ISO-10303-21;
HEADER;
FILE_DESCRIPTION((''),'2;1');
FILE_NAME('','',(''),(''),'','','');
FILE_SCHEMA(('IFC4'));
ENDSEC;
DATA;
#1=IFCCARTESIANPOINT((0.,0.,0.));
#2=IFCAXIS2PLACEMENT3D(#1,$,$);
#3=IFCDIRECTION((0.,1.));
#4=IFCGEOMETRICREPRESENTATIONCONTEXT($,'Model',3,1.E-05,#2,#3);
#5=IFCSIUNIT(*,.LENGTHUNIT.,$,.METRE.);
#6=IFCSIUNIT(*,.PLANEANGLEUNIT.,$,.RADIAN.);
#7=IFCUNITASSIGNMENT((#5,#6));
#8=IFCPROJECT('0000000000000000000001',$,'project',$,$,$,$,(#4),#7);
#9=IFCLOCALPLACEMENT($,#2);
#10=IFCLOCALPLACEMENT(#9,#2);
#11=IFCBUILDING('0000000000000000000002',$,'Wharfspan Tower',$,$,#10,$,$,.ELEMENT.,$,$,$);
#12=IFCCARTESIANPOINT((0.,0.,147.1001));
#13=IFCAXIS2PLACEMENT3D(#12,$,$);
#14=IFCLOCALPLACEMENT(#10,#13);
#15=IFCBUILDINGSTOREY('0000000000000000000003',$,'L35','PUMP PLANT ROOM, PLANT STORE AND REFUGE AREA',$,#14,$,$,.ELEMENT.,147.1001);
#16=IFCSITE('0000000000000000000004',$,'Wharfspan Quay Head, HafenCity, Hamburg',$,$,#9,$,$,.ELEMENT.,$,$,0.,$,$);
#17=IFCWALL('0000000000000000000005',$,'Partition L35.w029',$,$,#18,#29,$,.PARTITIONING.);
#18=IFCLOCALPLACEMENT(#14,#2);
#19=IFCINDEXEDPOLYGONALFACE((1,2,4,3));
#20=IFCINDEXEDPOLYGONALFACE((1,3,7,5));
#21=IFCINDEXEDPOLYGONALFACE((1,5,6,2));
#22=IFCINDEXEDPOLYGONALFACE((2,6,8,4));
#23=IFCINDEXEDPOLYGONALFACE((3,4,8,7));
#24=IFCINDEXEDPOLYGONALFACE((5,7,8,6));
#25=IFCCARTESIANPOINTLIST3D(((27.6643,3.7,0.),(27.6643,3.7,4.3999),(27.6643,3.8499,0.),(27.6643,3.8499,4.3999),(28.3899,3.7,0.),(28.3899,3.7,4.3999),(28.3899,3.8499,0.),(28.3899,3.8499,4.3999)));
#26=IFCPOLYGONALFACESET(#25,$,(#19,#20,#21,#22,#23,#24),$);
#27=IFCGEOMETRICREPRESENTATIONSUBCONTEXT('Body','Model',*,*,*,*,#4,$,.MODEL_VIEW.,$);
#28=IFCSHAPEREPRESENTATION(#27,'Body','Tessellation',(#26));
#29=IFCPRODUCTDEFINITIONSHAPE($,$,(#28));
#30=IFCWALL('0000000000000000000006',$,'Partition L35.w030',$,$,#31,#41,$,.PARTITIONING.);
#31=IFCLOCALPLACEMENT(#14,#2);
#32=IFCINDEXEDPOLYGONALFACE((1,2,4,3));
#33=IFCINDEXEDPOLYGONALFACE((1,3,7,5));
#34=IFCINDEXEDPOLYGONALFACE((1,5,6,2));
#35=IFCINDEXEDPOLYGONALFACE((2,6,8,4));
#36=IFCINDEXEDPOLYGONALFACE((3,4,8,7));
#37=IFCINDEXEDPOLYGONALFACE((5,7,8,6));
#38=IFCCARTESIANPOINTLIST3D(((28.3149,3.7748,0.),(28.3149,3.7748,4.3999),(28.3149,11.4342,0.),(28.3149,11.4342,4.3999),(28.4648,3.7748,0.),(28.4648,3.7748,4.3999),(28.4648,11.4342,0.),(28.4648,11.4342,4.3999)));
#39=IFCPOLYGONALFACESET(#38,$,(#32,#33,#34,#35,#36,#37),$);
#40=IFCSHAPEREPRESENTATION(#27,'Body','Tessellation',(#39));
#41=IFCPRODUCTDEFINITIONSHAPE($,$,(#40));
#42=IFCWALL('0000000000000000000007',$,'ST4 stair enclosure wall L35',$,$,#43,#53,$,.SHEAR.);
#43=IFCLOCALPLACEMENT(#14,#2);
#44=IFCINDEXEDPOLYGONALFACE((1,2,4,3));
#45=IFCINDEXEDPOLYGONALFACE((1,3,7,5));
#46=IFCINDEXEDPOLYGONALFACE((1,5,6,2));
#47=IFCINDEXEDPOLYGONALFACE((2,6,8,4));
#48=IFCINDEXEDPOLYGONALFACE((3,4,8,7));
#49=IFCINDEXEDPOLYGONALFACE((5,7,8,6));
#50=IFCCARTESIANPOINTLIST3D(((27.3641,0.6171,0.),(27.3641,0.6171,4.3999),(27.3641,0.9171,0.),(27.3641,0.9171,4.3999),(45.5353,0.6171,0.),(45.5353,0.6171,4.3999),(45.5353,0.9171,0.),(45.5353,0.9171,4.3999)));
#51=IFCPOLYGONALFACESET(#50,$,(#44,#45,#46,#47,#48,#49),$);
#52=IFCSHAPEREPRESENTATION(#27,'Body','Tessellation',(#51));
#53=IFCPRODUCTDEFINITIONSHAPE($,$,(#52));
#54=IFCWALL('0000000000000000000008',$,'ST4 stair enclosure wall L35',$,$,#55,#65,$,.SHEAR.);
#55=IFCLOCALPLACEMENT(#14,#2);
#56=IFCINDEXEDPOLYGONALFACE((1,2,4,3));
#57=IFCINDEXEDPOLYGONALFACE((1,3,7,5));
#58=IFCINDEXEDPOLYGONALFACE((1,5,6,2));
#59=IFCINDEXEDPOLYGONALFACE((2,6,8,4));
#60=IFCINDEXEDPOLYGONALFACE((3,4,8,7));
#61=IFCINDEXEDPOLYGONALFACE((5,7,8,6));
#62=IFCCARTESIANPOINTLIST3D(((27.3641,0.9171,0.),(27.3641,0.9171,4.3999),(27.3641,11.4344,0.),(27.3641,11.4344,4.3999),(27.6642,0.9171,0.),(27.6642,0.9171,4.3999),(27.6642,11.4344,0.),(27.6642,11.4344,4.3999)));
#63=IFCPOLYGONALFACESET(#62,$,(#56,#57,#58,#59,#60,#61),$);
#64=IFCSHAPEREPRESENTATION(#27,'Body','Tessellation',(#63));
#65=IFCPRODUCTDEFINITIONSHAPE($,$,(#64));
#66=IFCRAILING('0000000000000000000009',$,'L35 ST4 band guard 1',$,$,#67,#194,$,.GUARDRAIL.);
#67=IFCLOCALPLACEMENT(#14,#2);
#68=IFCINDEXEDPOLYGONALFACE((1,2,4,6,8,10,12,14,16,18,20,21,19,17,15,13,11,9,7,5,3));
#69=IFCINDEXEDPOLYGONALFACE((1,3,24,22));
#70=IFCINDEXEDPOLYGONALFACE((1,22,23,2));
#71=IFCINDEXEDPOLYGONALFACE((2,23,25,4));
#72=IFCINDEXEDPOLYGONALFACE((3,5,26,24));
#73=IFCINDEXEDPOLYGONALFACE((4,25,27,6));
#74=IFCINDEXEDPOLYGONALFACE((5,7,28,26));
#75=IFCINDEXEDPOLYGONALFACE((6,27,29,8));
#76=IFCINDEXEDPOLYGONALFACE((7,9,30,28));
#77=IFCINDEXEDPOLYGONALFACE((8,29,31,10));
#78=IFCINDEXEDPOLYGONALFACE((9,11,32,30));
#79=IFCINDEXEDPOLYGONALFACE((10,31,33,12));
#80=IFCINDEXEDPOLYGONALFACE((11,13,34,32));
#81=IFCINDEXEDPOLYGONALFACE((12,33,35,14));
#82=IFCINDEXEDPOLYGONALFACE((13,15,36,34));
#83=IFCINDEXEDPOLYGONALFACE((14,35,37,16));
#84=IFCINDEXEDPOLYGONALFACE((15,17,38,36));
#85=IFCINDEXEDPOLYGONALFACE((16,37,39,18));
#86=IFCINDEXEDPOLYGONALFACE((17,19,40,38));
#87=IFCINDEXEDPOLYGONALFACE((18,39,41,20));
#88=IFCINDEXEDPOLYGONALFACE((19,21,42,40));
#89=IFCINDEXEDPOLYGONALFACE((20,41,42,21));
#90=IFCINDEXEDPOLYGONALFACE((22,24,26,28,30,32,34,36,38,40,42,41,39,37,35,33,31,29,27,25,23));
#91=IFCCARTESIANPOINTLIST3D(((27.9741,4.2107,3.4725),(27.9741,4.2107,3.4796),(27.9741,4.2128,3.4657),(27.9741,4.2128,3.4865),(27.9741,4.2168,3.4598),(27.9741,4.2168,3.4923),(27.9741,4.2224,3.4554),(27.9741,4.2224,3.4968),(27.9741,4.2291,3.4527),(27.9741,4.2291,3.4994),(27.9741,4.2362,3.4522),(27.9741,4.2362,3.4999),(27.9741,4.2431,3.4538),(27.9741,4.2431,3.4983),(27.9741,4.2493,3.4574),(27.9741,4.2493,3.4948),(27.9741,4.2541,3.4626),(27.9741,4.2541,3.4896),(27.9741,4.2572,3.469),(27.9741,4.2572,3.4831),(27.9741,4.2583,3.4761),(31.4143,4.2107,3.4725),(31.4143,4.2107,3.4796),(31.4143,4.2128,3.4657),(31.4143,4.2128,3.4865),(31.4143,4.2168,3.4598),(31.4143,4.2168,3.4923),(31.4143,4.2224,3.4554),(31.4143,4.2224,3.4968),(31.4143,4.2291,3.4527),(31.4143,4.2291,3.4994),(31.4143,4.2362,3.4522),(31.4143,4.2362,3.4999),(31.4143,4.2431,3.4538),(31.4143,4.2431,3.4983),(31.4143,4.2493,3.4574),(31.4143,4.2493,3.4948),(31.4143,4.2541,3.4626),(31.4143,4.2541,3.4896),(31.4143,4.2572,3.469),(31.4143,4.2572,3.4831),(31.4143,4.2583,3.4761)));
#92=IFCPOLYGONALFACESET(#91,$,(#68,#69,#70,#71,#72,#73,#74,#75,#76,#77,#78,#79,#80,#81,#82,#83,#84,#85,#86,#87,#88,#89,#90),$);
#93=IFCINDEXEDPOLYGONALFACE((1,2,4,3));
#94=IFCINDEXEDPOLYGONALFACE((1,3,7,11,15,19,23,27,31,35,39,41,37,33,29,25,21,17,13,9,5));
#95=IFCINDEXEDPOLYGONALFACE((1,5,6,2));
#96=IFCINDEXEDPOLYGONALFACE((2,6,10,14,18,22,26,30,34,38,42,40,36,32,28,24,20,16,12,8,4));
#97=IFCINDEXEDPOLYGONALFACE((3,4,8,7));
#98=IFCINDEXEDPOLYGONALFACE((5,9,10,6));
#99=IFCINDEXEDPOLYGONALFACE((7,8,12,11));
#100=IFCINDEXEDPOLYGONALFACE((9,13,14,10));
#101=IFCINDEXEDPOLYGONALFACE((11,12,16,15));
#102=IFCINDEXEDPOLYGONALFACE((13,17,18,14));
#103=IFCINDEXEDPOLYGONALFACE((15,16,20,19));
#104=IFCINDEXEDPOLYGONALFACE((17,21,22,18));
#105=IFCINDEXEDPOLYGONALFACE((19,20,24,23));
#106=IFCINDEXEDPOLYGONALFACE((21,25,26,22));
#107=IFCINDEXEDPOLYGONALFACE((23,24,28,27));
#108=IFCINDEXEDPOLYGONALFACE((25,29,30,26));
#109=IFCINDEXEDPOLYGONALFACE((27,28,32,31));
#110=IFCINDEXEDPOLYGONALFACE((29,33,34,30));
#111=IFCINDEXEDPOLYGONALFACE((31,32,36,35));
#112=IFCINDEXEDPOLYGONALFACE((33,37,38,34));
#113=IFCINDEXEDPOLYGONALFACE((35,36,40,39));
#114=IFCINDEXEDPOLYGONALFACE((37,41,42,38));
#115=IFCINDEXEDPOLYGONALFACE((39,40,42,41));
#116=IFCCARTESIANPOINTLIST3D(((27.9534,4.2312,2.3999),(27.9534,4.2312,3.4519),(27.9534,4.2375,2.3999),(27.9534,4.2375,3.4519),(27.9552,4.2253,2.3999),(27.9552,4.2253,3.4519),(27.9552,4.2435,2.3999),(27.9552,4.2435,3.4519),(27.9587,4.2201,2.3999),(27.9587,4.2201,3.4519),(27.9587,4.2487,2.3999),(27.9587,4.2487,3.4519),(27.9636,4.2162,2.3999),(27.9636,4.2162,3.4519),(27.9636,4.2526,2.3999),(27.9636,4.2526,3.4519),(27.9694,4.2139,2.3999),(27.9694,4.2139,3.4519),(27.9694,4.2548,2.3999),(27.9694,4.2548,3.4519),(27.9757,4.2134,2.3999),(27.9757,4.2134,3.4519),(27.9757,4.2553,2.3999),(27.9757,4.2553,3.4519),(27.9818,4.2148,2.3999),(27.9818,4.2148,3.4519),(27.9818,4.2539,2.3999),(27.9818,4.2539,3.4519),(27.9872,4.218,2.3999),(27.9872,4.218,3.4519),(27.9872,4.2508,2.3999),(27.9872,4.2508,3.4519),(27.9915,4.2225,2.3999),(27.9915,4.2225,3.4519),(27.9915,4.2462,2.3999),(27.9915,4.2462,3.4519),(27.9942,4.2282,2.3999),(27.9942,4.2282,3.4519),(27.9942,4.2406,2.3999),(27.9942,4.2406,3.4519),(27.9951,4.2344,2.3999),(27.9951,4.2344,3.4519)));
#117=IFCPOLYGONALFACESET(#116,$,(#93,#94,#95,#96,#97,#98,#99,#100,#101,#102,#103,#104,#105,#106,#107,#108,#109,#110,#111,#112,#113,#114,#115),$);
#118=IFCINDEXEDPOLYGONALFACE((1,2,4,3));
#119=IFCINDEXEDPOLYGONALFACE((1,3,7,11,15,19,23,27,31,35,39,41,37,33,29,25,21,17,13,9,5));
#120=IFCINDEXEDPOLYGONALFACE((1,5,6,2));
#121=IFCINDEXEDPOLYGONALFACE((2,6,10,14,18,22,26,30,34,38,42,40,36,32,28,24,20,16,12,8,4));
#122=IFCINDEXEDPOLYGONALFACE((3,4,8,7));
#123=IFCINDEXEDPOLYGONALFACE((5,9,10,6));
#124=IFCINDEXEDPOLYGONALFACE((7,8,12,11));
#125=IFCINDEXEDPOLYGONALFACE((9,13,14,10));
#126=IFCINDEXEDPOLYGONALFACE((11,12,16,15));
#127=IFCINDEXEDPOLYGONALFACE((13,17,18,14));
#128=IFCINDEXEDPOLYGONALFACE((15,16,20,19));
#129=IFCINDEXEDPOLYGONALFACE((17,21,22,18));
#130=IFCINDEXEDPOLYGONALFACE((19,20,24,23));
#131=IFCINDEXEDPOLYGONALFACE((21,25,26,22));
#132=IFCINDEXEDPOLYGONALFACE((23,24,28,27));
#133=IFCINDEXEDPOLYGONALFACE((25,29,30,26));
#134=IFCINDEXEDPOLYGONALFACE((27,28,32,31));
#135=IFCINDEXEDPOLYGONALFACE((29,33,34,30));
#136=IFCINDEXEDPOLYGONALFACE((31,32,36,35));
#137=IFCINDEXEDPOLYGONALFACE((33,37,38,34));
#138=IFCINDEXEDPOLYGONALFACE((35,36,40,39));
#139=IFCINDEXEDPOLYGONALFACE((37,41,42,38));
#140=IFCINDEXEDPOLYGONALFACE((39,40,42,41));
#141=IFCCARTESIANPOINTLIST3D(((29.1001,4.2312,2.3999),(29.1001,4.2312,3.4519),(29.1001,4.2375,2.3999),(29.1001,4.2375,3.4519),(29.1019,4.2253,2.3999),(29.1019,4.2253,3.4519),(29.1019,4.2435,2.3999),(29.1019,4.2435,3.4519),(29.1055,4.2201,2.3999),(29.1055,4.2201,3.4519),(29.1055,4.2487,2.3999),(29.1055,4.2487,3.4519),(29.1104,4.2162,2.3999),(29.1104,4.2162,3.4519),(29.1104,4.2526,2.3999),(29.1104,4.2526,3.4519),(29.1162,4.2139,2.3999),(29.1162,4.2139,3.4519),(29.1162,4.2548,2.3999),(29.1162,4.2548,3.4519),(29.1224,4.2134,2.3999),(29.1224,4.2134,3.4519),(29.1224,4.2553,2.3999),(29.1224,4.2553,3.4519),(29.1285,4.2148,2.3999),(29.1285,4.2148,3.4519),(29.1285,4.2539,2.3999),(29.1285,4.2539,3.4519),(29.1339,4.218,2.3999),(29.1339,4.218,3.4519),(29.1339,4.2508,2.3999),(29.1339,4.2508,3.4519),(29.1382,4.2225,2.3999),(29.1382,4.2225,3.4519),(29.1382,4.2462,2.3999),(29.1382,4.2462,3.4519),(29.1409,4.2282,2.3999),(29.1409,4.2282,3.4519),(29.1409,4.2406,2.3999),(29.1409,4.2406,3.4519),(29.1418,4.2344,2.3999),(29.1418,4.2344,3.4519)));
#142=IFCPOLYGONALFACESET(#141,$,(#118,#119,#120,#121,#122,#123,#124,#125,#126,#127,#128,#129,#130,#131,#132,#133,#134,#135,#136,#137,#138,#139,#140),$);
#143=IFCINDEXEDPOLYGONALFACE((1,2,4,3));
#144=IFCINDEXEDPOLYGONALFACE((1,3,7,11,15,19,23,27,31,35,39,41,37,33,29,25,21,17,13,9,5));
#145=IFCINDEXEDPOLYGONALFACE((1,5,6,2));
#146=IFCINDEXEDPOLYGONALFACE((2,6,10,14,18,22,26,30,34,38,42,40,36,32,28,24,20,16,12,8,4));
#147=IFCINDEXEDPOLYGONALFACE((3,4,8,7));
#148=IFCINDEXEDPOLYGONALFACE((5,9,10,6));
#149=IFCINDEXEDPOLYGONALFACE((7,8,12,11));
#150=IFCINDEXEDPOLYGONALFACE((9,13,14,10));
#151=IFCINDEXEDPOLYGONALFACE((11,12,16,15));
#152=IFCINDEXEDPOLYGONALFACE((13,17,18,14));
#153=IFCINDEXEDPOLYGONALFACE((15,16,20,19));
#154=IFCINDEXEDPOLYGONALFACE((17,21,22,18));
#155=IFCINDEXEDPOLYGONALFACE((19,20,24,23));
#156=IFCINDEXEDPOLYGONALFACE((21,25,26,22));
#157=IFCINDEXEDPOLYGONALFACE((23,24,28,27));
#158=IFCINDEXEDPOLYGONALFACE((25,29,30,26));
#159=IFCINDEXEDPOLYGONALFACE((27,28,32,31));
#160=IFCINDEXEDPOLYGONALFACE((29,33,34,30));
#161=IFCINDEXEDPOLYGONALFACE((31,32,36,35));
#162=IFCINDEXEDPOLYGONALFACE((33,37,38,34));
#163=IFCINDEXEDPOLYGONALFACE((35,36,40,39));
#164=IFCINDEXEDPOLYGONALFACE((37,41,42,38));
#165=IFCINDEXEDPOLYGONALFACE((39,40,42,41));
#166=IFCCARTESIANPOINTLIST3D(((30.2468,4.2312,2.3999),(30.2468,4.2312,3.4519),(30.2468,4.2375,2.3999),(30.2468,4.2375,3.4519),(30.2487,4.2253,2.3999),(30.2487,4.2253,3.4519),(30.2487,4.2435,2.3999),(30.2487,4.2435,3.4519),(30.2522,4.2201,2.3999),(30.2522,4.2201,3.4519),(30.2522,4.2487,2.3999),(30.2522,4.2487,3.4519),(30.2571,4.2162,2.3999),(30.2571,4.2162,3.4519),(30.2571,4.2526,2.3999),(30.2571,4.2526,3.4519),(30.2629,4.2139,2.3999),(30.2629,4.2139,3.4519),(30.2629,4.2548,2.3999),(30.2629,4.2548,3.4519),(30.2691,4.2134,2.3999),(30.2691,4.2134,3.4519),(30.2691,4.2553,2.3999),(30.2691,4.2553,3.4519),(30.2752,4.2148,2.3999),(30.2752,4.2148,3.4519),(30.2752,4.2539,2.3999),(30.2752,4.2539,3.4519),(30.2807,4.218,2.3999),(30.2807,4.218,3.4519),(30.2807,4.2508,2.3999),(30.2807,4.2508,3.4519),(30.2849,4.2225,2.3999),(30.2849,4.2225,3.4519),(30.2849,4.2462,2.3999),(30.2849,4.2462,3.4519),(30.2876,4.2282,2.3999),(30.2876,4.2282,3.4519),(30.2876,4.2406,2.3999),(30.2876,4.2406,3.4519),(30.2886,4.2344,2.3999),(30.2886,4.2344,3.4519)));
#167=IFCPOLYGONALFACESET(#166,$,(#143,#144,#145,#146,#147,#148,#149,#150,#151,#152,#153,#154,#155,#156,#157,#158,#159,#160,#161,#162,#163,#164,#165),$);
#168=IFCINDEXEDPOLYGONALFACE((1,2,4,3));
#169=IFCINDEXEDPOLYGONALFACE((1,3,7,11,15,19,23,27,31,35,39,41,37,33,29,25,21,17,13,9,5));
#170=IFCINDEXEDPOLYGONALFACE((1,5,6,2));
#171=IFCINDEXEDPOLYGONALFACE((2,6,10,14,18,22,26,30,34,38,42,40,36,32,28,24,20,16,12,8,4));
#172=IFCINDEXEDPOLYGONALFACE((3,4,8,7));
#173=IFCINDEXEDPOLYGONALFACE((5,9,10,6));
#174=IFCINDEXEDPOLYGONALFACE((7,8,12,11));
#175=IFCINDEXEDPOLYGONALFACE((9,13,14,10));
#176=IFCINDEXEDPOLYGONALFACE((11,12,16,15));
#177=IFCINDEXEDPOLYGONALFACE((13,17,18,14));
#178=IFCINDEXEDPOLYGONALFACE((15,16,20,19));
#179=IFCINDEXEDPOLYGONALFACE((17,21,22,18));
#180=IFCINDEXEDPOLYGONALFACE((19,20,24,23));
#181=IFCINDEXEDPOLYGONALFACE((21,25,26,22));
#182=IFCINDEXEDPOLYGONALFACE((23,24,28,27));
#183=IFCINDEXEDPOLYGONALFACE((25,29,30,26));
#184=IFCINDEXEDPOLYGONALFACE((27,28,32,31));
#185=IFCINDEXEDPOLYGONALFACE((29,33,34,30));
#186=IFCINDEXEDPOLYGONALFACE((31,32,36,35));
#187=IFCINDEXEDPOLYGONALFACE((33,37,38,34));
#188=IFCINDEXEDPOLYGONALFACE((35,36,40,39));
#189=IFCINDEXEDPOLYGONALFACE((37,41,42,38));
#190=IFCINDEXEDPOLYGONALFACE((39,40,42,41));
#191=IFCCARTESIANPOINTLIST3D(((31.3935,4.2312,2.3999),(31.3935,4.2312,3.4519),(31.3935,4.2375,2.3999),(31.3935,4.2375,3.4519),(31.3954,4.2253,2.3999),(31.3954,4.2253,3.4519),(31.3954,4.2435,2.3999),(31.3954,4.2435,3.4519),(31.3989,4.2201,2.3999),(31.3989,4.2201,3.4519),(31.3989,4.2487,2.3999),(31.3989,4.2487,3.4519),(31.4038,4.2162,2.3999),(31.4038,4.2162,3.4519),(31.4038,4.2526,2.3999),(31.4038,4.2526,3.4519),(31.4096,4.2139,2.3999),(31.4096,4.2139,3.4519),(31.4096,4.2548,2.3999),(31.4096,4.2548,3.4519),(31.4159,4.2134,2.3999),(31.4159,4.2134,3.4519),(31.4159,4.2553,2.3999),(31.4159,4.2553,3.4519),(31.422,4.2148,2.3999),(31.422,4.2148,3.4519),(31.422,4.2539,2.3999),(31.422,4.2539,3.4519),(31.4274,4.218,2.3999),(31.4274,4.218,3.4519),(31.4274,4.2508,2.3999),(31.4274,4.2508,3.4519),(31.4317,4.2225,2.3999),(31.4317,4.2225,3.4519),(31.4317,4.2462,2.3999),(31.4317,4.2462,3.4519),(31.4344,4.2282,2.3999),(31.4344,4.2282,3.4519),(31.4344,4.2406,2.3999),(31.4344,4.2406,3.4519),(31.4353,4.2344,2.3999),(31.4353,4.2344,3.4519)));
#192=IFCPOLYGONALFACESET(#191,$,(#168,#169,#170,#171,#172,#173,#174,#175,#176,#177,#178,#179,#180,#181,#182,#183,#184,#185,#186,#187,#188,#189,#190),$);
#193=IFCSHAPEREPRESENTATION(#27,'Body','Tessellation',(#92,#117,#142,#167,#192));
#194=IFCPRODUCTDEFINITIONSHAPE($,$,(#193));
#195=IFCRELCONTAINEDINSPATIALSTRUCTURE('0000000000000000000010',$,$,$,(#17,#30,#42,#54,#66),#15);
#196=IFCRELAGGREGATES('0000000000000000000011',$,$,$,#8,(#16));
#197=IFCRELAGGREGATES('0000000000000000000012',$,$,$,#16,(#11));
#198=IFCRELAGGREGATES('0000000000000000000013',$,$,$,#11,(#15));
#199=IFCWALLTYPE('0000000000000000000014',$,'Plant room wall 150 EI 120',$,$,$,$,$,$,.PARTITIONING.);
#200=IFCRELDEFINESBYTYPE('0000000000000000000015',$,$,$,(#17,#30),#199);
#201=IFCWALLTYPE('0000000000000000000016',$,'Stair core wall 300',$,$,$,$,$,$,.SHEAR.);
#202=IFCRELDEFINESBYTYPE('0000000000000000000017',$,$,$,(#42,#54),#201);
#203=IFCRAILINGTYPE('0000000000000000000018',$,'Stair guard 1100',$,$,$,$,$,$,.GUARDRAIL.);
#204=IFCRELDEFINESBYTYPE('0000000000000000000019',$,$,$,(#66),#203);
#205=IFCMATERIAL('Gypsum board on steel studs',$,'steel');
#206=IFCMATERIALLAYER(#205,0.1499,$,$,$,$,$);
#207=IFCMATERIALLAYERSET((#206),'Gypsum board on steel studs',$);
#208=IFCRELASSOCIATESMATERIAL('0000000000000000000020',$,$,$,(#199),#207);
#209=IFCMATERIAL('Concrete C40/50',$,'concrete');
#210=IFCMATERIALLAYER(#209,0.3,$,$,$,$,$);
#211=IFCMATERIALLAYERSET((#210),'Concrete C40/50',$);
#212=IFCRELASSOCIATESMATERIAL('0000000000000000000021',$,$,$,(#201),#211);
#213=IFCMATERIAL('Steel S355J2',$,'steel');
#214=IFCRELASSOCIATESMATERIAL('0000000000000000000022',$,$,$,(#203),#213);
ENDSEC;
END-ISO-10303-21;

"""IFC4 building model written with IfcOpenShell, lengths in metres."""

from ifc_helpers import new_model, si_unit, direction, frame, frame_2d, origin, origin_2d, place, context, subcontext, project, spatial, rectangle, circle, extrude, material, layer, layer_set, type_object, element, save


model = new_model("IFC4")

# Units and contexts
model_context = context("Model", 3, precision=1e-05, world=origin(), true_north=direction((0.0, 1.0)))
body_context = subcontext(model_context, "Body", "Model", "MODEL_VIEW")
ifc_project = project(units=[si_unit("LENGTHUNIT", "METRE"), si_unit("PLANEANGLEUNIT", "RADIAN")], contexts=[model_context])

# Site, building, storey
site_placement = place(None, origin())
site = spatial("IfcSite", under=ifc_project, at=site_placement, Name="Wharfspan Quay Head, HafenCity, Hamburg", CompositionType="ELEMENT", RefElevation=0.0)
building_placement = place(site_placement, origin())
building = spatial("IfcBuilding", under=site, at=building_placement, Name="Wharfspan Tower", CompositionType="ELEMENT")
storey_placement = place(building_placement, frame((0.0, 0.0, 147.1001)))
storey = spatial("IfcBuildingStorey", under=building, at=storey_placement, Name="L35", Description="PUMP PLANT ROOM, PLANT STORE AND REFUGE AREA", CompositionType="ELEMENT", Elevation=147.1001)

# Shared definitions
ifc_material_1 = material(Name="Concrete C40/50", Category="concrete")

# Walls
ifc_material_2 = material(Name="Gypsum board on steel studs", Category="steel")
ifc_layer_1 = layer(ifc_material_2, 0.1499)
ifc_layer_set_1 = layer_set([ifc_layer_1], Name="Gypsum board on steel studs")
wall_type_1 = type_object("IfcWallType", Name="Plant room wall 150 EI 120", PredefinedType="PARTITIONING", material=ifc_layer_set_1)
wall_1_placement = place(storey_placement, frame((27.6643, 3.7749, 0.0), z_axis=(0.0, 0.0, 1.0), x_axis=(1.0, 0.0, 0.0)))
element("IfcWall", 1, at=wall_1_placement, inside=storey, type_object=wall_type_1, Name="Partition L35.w029", PredefinedType="PARTITIONING", context=body_context, shape_type="SweptSolid", body=[
    extrude(rectangle(XDim=0.7256, YDim=0.1499, at=frame_2d((0.3628, 0.0))), origin(), (0.0, 0.0, 1.0), 4.3999),
])
wall_2_placement = place(storey_placement, frame((28.3899, 3.7749, 0.0), z_axis=(0.0, 0.0, 1.0), x_axis=(0.0, 1.0, 0.0)))
element("IfcWall", 2, at=wall_2_placement, inside=storey, type_object=wall_type_1, Name="Partition L35.w030", PredefinedType="PARTITIONING", context=body_context, shape_type="SweptSolid", body=[
    extrude(rectangle(XDim=7.6594, YDim=0.1499, at=frame_2d((3.8296, 0.0))), origin(), (0.0, 0.0, 1.0), 4.3999),
])
ifc_layer_2 = layer(ifc_material_1, 0.3)
ifc_layer_set_2 = layer_set([ifc_layer_2], Name="Concrete C40/50")
wall_type_2 = type_object("IfcWallType", Name="Stair core wall 300", PredefinedType="SHEAR", material=ifc_layer_set_2)
wall_3_placement = place(storey_placement, frame((27.3643, 0.7671, 0.0), z_axis=(0.0, 0.0, 1.0), x_axis=(1.0, 0.0, 0.0)))
element("IfcWall", 3, at=wall_3_placement, inside=storey, type_object=wall_type_2, Name="ST4 stair enclosure wall L35", PredefinedType="SHEAR", context=body_context, shape_type="SweptSolid", body=[
    extrude(rectangle(XDim=18.1711, YDim=0.3, at=frame_2d((9.0854, 0.0))), origin(), (0.0, 0.0, 1.0), 4.3999),
])
wall_4_placement = place(storey_placement, frame((27.5142, 0.917, 0.0), z_axis=(0.0, 0.0, 1.0), x_axis=(0.0, 1.0, 0.0)))
element("IfcWall", 4, at=wall_4_placement, inside=storey, type_object=wall_type_2, Name="ST4 stair enclosure wall L35", PredefinedType="SHEAR", context=body_context, shape_type="SweptSolid", body=[
    extrude(rectangle(XDim=10.5173, YDim=0.3, at=frame_2d((5.2588, 0.0))), origin(), (0.0, 0.0, 1.0), 4.3999),
])

# Railing
ifc_material_3 = material(Name="Steel S355J2", Category="steel")
railing_type = type_object("IfcRailingType", Name="Stair guard 1100", PredefinedType="GUARDRAIL", material=ifc_material_3)
railing_placement = place(storey_placement, frame((27.9741, 4.2344, 2.3999)))
element("IfcRailing", 5, at=railing_placement, inside=storey, type_object=railing_type, Name="L35 ST4 band guard 1", PredefinedType="GUARDRAIL", context=body_context, shape_type="SweptSolid", body=[
    extrude(circle(Radius=0.0239, at=origin_2d()), frame((0.0, 0.0, 1.0762), z_axis=(1.0, 0.0, 0.0), x_axis=(0.0, 1.0, 0.0)), (0.0, 0.0, 1.0), 3.4402),
    extrude(circle(Radius=0.021, at=origin_2d()), origin(), (0.0, 0.0, 1.0), 1.052),
    extrude(circle(Radius=0.021, at=origin_2d()), frame((1.1467, 0.0, 0.0)), (0.0, 0.0, 1.0), 1.052),
    extrude(circle(Radius=0.021, at=origin_2d()), frame((2.2935, 0.0, 0.0)), (0.0, 0.0, 1.0), 1.052),
    extrude(circle(Radius=0.021, at=origin_2d()), frame((3.4402, 0.0, 0.0)), (0.0, 0.0, 1.0), 1.052),
])

save(model, "model.ifc")
